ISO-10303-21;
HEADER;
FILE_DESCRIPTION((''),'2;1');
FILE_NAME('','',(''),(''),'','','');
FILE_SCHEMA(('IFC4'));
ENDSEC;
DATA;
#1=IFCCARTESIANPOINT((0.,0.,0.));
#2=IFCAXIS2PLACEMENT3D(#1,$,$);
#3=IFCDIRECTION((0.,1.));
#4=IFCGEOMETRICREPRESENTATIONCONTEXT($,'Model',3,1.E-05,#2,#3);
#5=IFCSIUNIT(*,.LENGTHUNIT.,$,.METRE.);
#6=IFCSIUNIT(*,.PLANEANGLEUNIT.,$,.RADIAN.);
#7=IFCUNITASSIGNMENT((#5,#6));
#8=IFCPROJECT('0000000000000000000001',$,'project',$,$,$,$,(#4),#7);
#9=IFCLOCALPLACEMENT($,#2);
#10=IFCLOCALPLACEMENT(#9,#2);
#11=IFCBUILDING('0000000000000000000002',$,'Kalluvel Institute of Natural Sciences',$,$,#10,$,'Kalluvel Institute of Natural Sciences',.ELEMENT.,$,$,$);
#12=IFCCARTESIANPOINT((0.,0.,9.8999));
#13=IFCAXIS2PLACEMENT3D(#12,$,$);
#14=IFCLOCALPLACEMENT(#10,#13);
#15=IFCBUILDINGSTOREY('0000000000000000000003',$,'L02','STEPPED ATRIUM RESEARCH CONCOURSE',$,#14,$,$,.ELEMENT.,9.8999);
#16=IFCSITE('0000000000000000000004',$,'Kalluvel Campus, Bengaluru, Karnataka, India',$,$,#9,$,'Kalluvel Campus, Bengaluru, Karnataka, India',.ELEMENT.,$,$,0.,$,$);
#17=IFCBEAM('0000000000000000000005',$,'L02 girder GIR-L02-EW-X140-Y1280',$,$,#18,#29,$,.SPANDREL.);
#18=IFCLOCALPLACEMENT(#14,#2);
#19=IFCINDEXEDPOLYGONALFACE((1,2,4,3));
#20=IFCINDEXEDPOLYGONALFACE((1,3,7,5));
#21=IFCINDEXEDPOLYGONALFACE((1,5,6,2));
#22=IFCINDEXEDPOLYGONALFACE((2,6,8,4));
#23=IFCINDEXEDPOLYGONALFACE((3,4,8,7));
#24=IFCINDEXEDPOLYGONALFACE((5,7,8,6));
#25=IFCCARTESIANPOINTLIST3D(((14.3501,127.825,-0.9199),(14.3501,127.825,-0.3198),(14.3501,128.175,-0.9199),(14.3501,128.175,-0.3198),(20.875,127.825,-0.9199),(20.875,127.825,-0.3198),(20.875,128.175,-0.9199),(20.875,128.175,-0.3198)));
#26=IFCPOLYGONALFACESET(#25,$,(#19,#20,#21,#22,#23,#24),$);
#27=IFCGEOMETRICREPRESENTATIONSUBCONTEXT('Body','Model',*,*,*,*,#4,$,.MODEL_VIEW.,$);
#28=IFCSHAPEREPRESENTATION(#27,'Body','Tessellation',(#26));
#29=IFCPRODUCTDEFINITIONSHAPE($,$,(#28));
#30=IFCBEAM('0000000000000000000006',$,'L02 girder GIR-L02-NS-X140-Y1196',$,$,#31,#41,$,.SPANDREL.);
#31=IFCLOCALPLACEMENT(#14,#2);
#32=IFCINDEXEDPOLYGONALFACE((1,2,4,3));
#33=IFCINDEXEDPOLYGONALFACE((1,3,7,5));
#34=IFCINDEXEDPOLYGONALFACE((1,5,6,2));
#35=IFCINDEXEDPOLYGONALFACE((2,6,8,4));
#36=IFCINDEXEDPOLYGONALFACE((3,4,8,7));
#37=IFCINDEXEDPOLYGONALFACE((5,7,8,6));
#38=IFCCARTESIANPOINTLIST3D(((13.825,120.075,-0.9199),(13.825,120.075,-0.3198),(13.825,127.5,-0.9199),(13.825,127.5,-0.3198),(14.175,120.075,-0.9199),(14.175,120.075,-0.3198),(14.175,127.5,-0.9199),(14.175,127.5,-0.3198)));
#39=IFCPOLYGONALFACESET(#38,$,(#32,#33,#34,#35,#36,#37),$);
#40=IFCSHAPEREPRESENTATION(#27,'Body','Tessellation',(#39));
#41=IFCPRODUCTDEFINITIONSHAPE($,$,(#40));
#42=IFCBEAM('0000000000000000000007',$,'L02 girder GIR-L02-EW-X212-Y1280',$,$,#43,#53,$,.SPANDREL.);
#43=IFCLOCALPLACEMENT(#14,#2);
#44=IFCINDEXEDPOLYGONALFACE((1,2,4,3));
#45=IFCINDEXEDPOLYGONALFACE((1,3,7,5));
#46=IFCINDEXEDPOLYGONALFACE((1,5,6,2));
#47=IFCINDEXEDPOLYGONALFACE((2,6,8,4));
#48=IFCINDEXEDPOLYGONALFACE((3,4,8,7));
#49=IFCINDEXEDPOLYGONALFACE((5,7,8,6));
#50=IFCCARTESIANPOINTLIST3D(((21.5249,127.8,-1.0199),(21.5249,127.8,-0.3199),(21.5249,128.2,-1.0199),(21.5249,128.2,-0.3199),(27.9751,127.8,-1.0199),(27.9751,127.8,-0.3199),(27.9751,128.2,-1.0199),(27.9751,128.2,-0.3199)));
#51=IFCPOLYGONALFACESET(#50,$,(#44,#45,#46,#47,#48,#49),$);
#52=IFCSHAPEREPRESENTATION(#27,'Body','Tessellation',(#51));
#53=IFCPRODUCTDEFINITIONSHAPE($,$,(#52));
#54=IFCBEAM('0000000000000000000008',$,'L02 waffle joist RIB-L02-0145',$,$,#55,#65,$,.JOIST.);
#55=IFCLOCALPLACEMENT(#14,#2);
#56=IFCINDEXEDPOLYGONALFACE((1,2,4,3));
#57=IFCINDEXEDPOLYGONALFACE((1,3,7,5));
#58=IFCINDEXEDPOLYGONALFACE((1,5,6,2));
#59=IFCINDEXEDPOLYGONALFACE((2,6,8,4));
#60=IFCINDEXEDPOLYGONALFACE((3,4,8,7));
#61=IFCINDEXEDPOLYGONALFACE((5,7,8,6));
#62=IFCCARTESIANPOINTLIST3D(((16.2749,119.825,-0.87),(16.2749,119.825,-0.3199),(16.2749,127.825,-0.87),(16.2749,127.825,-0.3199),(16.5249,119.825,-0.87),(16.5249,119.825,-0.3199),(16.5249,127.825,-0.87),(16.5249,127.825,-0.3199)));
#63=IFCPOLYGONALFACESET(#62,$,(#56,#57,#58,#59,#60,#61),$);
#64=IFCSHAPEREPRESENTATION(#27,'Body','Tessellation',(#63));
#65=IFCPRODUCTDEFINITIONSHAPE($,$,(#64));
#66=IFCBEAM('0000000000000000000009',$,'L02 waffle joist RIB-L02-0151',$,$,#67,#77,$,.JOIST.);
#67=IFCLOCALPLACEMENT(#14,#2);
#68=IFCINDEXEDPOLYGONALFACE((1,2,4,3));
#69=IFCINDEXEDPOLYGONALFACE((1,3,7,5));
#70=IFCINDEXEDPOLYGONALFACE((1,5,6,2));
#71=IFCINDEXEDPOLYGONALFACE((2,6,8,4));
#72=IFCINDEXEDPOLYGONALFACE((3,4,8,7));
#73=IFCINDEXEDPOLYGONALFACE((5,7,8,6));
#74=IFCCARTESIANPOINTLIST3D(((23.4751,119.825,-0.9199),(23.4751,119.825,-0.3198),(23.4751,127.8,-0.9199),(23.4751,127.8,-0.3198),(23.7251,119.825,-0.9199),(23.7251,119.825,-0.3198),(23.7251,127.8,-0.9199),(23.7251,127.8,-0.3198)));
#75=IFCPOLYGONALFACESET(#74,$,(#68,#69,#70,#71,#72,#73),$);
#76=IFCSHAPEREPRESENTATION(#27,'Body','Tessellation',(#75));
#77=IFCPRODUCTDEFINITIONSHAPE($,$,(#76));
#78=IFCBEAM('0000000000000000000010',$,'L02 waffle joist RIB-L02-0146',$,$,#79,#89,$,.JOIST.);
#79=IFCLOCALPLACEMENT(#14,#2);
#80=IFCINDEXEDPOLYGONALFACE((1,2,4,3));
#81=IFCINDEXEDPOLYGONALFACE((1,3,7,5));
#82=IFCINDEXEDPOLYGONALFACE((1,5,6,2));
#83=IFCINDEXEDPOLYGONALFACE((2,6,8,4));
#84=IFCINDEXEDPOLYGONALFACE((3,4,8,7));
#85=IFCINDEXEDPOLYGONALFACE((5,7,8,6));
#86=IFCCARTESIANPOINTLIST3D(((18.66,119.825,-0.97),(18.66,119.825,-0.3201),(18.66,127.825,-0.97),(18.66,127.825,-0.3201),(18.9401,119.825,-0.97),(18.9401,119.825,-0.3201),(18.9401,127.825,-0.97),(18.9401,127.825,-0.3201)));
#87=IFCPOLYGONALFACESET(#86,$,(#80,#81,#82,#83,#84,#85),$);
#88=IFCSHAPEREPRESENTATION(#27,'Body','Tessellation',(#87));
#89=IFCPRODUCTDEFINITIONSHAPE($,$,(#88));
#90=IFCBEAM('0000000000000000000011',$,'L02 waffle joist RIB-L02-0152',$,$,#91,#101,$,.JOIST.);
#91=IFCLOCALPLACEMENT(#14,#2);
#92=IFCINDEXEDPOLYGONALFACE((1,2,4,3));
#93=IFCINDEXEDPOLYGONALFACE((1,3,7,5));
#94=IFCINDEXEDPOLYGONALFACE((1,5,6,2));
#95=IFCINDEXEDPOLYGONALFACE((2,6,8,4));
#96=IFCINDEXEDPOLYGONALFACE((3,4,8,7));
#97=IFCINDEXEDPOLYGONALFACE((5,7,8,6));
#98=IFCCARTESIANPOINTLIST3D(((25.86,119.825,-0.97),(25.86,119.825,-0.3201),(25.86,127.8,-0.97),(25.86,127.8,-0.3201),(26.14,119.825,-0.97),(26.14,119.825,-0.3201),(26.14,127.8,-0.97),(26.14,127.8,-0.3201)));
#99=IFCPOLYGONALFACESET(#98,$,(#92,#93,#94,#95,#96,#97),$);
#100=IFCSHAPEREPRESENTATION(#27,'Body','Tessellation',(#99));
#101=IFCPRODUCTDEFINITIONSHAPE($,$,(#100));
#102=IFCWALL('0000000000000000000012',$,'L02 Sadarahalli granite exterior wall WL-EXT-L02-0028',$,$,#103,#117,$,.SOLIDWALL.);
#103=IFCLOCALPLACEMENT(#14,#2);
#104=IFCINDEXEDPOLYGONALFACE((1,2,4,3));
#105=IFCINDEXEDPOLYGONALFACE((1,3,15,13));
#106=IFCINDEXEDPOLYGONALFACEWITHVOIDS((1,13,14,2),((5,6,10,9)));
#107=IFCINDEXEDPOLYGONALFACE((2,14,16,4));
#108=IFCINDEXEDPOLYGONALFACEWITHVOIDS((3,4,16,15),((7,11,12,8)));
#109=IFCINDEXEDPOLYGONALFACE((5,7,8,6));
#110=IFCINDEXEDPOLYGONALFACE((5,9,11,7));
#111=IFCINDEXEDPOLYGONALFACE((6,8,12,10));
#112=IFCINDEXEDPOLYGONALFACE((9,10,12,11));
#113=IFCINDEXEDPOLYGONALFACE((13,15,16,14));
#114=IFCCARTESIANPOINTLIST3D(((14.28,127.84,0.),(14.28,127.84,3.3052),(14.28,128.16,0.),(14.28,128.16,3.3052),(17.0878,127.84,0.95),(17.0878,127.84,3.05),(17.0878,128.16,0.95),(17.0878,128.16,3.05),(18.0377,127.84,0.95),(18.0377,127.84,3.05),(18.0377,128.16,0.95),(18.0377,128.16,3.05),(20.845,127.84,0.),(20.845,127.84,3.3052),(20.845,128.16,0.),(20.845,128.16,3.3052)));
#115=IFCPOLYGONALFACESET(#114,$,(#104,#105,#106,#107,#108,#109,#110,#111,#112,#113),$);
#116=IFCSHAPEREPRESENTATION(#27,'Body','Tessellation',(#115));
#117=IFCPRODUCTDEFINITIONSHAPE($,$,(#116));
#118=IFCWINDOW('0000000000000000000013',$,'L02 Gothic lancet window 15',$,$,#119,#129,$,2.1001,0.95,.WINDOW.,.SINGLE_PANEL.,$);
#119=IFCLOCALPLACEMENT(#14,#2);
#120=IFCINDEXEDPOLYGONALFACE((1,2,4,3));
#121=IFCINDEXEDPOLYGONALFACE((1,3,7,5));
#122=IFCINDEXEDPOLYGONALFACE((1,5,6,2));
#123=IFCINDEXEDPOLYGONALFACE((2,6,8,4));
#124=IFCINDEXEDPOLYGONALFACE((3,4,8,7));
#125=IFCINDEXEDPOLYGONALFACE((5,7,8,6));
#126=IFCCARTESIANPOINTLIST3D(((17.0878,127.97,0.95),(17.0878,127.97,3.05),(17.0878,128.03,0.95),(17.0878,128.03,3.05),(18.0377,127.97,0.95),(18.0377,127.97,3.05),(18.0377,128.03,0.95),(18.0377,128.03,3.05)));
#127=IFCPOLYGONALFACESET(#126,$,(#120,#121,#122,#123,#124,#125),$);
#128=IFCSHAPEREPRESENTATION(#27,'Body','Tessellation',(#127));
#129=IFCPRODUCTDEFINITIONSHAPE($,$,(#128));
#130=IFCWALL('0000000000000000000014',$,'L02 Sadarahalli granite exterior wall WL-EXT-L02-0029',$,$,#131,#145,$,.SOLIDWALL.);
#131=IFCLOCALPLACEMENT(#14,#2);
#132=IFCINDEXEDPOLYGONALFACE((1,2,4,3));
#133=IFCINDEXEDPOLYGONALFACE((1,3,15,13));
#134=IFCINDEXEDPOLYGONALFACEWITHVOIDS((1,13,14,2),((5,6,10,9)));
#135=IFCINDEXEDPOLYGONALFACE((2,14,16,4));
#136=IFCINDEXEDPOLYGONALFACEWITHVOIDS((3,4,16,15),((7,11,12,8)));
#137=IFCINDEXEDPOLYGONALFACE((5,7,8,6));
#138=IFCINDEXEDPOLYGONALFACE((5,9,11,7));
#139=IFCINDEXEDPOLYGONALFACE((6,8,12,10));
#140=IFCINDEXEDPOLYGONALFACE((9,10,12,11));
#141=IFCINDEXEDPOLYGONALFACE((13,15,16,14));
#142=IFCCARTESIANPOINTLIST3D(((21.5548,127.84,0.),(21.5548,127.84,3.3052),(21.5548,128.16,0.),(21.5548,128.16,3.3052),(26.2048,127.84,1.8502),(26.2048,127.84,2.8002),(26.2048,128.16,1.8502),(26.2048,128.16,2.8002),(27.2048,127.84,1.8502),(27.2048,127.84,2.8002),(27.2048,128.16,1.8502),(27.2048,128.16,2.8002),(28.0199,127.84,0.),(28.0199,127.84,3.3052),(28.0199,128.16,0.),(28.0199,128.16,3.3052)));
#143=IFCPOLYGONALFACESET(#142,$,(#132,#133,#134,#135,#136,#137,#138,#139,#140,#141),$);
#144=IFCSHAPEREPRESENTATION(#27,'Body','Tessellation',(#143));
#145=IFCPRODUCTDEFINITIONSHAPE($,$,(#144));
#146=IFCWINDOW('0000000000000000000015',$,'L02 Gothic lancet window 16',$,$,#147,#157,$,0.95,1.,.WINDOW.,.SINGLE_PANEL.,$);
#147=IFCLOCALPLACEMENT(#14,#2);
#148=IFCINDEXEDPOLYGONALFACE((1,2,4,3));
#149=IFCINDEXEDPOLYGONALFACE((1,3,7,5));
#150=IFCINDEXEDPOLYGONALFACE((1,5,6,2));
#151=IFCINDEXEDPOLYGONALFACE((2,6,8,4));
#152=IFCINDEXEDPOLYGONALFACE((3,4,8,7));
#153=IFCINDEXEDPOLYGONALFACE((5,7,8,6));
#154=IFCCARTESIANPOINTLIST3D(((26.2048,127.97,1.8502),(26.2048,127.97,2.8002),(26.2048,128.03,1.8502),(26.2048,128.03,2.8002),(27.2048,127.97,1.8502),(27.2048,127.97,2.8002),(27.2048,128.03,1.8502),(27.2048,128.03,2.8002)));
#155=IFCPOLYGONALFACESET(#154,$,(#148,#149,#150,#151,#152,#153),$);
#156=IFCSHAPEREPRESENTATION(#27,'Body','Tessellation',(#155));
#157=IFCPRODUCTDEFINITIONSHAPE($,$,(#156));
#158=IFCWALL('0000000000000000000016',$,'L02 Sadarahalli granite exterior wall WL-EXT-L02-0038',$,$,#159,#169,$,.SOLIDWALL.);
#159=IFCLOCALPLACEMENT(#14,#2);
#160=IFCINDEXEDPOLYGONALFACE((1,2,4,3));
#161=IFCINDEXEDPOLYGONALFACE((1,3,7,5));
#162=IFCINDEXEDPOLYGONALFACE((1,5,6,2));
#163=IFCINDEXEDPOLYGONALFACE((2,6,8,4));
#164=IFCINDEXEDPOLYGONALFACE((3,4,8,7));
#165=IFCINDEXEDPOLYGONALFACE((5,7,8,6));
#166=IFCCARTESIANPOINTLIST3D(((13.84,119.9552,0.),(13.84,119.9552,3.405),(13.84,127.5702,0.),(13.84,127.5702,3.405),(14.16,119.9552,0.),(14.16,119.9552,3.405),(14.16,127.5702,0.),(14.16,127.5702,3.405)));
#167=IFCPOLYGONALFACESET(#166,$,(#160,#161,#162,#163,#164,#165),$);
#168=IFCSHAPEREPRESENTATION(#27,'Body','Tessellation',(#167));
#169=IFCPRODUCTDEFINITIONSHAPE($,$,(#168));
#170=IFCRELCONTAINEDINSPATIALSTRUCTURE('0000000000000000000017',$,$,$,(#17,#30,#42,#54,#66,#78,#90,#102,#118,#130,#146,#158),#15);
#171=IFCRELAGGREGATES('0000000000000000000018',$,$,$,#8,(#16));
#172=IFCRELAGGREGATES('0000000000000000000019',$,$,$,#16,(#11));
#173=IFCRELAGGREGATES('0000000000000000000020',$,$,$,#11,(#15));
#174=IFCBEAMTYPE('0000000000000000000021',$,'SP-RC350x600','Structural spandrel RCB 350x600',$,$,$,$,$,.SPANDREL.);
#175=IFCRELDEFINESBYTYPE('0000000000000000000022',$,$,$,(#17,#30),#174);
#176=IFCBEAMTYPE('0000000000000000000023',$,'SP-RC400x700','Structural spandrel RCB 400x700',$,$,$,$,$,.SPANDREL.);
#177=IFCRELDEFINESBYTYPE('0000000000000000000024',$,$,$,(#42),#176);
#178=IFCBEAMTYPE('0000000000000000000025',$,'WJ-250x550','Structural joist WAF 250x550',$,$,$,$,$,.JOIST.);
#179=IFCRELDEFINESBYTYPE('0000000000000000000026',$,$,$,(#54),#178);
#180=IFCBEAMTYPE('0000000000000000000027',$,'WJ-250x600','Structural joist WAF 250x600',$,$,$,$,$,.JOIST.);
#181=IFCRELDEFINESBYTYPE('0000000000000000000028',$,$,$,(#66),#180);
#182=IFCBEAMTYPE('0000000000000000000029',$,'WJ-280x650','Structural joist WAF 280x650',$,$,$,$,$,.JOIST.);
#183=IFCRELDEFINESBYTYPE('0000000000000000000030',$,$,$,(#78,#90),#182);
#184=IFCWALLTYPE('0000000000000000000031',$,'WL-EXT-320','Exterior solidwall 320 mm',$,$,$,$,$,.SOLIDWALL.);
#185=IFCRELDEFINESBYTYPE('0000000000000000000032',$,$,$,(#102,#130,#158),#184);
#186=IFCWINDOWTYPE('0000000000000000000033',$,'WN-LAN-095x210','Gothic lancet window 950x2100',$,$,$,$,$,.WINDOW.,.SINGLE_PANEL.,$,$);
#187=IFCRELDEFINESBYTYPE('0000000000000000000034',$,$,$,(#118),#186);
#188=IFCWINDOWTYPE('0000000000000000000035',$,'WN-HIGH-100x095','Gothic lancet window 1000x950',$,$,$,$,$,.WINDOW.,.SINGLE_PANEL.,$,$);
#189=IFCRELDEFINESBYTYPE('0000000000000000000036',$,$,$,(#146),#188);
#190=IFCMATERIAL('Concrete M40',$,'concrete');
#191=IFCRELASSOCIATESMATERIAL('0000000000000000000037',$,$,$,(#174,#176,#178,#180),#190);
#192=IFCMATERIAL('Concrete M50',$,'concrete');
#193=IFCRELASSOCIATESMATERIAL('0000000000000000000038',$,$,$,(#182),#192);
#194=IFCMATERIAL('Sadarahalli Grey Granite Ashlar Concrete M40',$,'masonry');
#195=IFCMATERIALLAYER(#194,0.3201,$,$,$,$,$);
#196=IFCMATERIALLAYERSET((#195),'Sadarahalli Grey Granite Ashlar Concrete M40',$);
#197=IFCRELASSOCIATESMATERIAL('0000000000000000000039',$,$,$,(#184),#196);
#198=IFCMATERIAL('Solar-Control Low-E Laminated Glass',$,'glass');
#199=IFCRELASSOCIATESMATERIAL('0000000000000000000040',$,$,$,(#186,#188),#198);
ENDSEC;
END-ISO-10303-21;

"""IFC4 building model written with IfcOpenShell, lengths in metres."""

from ifc_helpers import new_model, si_unit, direction, frame, frame_2d, origin, origin_2d, place, context, subcontext, project, spatial, rectangle, extrude, material, layer, layer_set, material_profile, profile_set, type_object, element, fill, save


model = new_model("IFC4")

# Units and contexts
model_context = context("Model", 3, precision=1e-05, world=origin(), true_north=direction((0.0, 1.0)))
body_context = subcontext(model_context, "Body", "Model", "MODEL_VIEW")
ifc_project = project(units=[si_unit("LENGTHUNIT", "METRE"), si_unit("PLANEANGLEUNIT", "RADIAN")], contexts=[model_context])

# Site, building, storey
site_placement = place(None, origin())
site = spatial("IfcSite", under=ifc_project, at=site_placement, Name="Kalluvel Campus, Bengaluru, Karnataka, India", LongName="Kalluvel Campus, Bengaluru, Karnataka, India", CompositionType="ELEMENT", RefElevation=0.0)
building_placement = place(site_placement, origin())
building = spatial("IfcBuilding", under=site, at=building_placement, Name="Kalluvel Institute of Natural Sciences", LongName="Kalluvel Institute of Natural Sciences", CompositionType="ELEMENT")
storey_placement = place(building_placement, frame((0.0, 0.0, 9.8999)))
storey = spatial("IfcBuildingStorey", under=building, at=storey_placement, Name="L02", Description="STEPPED ATRIUM RESEARCH CONCOURSE", CompositionType="ELEMENT", Elevation=9.8999)

# Shared definitions
ifc_material_1 = material(Name="Concrete M50", Category="concrete")

# Beams
ifc_material_2 = material(Name="Concrete M40", Category="concrete")
ifc_material_profile_1 = material_profile(ifc_material_2, rectangle(XDim=0.3501, YDim=0.6001, at=origin_2d()), Name="RCB 350x600")
ifc_profile_set_1 = profile_set([ifc_material_profile_1], Name="Concrete M40")
beam_type_1 = type_object("IfcBeamType", Name="SP-RC350x600", Description="Structural spandrel RCB 350x600", PredefinedType="SPANDREL", material=ifc_profile_set_1)
beam_1_placement = place(storey_placement, frame((14.3501, 128.0, -0.6199), z_axis=(1.0, 0.0, 0.0), x_axis=(0.0, 1.0, 0.0)))
element("IfcBeam", 1, at=beam_1_placement, inside=storey, type_object=beam_type_1, Name="L02 girder GIR-L02-EW-X140-Y1280", PredefinedType="SPANDREL", context=body_context, shape_type="SweptSolid", body=[
    extrude(rectangle(XDim=0.3501, YDim=0.6001, at=origin_2d()), origin(), (0.0, 0.0, 1.0), 6.5249),
])
beam_2_placement = place(storey_placement, frame((14.0, 120.075, -0.6199), z_axis=(0.0, 1.0, 0.0), x_axis=(-1.0, 0.0, 0.0)))
element("IfcBeam", 2, at=beam_2_placement, inside=storey, type_object=beam_type_1, Name="L02 girder GIR-L02-NS-X140-Y1196", PredefinedType="SPANDREL", context=body_context, shape_type="SweptSolid", body=[
    extrude(rectangle(XDim=0.3501, YDim=0.6001, at=origin_2d()), origin(), (0.0, 0.0, 1.0), 7.425),
])
ifc_material_profile_2 = material_profile(ifc_material_2, rectangle(XDim=0.3999, YDim=0.7, at=origin_2d()), Name="RCB 400x700")
ifc_profile_set_2 = profile_set([ifc_material_profile_2], Name="Concrete M40")
beam_type_2 = type_object("IfcBeamType", Name="SP-RC400x700", Description="Structural spandrel RCB 400x700", PredefinedType="SPANDREL", material=ifc_profile_set_2)
beam_3_placement = place(storey_placement, frame((21.5249, 128.0, -0.6699), z_axis=(1.0, 0.0, 0.0), x_axis=(0.0, 1.0, 0.0)))
element("IfcBeam", 3, at=beam_3_placement, inside=storey, type_object=beam_type_2, Name="L02 girder GIR-L02-EW-X212-Y1280", PredefinedType="SPANDREL", context=body_context, shape_type="SweptSolid", body=[
    extrude(rectangle(XDim=0.3999, YDim=0.7, at=origin_2d()), origin(), (0.0, 0.0, 1.0), 6.4502),
])
ifc_material_profile_3 = material_profile(ifc_material_2, rectangle(XDim=0.25, YDim=0.55, at=origin_2d()), Name="WAF 250x550")
ifc_profile_set_3 = profile_set([ifc_material_profile_3], Name="Concrete M40")
beam_type_3 = type_object("IfcBeamType", Name="WJ-250x550", Description="Structural joist WAF 250x550", PredefinedType="JOIST", material=ifc_profile_set_3)
beam_4_placement = place(storey_placement, frame((16.3999, 119.825, -0.595), z_axis=(0.0, 1.0, 0.0), x_axis=(-1.0, 0.0, 0.0)))
element("IfcBeam", 4, at=beam_4_placement, inside=storey, type_object=beam_type_3, Name="L02 waffle joist RIB-L02-0145", PredefinedType="JOIST", context=body_context, shape_type="SweptSolid", body=[
    extrude(rectangle(XDim=0.25, YDim=0.55, at=origin_2d()), origin(), (0.0, 0.0, 1.0), 8.0),
])
ifc_material_profile_4 = material_profile(ifc_material_2, rectangle(XDim=0.25, YDim=0.6001, at=origin_2d()), Name="WAF 250x600")
ifc_profile_set_4 = profile_set([ifc_material_profile_4], Name="Concrete M40")
beam_type_4 = type_object("IfcBeamType", Name="WJ-250x600", Description="Structural joist WAF 250x600", PredefinedType="JOIST", material=ifc_profile_set_4)
beam_5_placement = place(storey_placement, frame((23.6001, 119.825, -0.6199), z_axis=(0.0, 1.0, 0.0), x_axis=(-1.0, 0.0, 0.0)))
element("IfcBeam", 5, at=beam_5_placement, inside=storey, type_object=beam_type_4, Name="L02 waffle joist RIB-L02-0151", PredefinedType="JOIST", context=body_context, shape_type="SweptSolid", body=[
    extrude(rectangle(XDim=0.25, YDim=0.6001, at=origin_2d()), origin(), (0.0, 0.0, 1.0), 7.9751),
])
ifc_material_profile_5 = material_profile(ifc_material_1, rectangle(XDim=0.28, YDim=0.6499, at=origin_2d()), Name="WAF 280x650")
ifc_profile_set_5 = profile_set([ifc_material_profile_5], Name="Concrete M50")
beam_type_5 = type_object("IfcBeamType", Name="WJ-280x650", Description="Structural joist WAF 280x650", PredefinedType="JOIST", material=ifc_profile_set_5)
beam_6_placement = place(storey_placement, frame((18.8, 119.825, -0.645), z_axis=(0.0, 1.0, 0.0), x_axis=(-1.0, 0.0, 0.0)))
element("IfcBeam", 6, at=beam_6_placement, inside=storey, type_object=beam_type_5, Name="L02 waffle joist RIB-L02-0146", PredefinedType="JOIST", context=body_context, shape_type="SweptSolid", body=[
    extrude(rectangle(XDim=0.28, YDim=0.6499, at=origin_2d()), origin(), (0.0, 0.0, 1.0), 8.0),
])
beam_7_placement = place(storey_placement, frame((26.0, 119.825, -0.645), z_axis=(0.0, 1.0, 0.0), x_axis=(-1.0, 0.0, 0.0)))
element("IfcBeam", 7, at=beam_7_placement, inside=storey, type_object=beam_type_5, Name="L02 waffle joist RIB-L02-0152", PredefinedType="JOIST", context=body_context, shape_type="SweptSolid", body=[
    extrude(rectangle(XDim=0.28, YDim=0.6499, at=origin_2d()), origin(), (0.0, 0.0, 1.0), 7.9751),
])

# Walls, openings, windows
ifc_material_3 = material(Name="Sadarahalli Grey Granite Ashlar Concrete M40", Category="masonry")
ifc_layer_1 = layer(ifc_material_3, 0.3201)
ifc_layer_set_1 = layer_set([ifc_layer_1], Name="Sadarahalli Grey Granite Ashlar Concrete M40")
wall_type_1 = type_object("IfcWallType", Name="WL-EXT-320", Description="Exterior solidwall 320 mm", PredefinedType="SOLIDWALL", material=ifc_layer_set_1)
wall_1_placement = place(storey_placement, frame((14.28, 128.0, 0.0), z_axis=(0.0, 0.0, 1.0), x_axis=(1.0, 0.0, 0.0)))
wall_1 = element("IfcWall", 8, at=wall_1_placement, inside=storey, type_object=wall_type_1, Name="L02 Sadarahalli granite exterior wall WL-EXT-L02-0028", PredefinedType="SOLIDWALL", context=body_context, shape_type="SweptSolid", body=[
    extrude(rectangle(XDim=6.5649, YDim=0.3201, at=frame_2d((3.2825, 0.0))), origin(), (0.0, 0.0, 1.0), 3.3052),
])
opening_1_placement = place(wall_1_placement, frame((2.8076, 0.0, 0.95)))
opening_1 = element("IfcOpeningElement", 9, at=opening_1_placement, cuts=wall_1, PredefinedType="OPENING", context=body_context, shape_type="SweptSolid", body=[
    extrude(rectangle(XDim=0.95, YDim=2.1001, at=frame_2d((0.4751, 1.05))), frame((0.0, 0.1699, 0.0), z_axis=(0.0, -1.0, 0.0), x_axis=(1.0, 0.0, 0.0)), (0.0, 0.0, 1.0), 0.3401),
])
ifc_material_4 = material(Name="Solar-Control Low-E Laminated Glass", Category="glass")
window_type_1 = type_object("IfcWindowType", Name="WN-LAN-095x210", Description="Gothic lancet window 950x2100", PartitioningType="SINGLE_PANEL", PredefinedType="WINDOW", material=ifc_material_4)
window_1_placement = place(opening_1_placement, origin())
window_1 = element("IfcWindow", 10, at=window_1_placement, inside=storey, type_object=window_type_1, Name="L02 Gothic lancet window 15", OverallHeight=2.1001, OverallWidth=0.95, PartitioningType="SINGLE_PANEL", PredefinedType="WINDOW", context=body_context, shape_type="SweptSolid", body=[
    extrude(rectangle(XDim=0.95, YDim=2.1001, at=frame_2d((0.4751, 1.05))), frame((0.0, 0.03, 0.0), z_axis=(0.0, -1.0, 0.0), x_axis=(1.0, 0.0, 0.0)), (0.0, 0.0, 1.0), 0.0601),
])
fill(opening_1, window_1)
wall_2_placement = place(storey_placement, frame((21.5549, 128.0, 0.0), z_axis=(0.0, 0.0, 1.0), x_axis=(1.0, 0.0, 0.0)))
wall_2 = element("IfcWall", 11, at=wall_2_placement, inside=storey, type_object=wall_type_1, Name="L02 Sadarahalli granite exterior wall WL-EXT-L02-0029", PredefinedType="SOLIDWALL", context=body_context, shape_type="SweptSolid", body=[
    extrude(rectangle(XDim=6.4651, YDim=0.3201, at=frame_2d((3.2324, 0.0))), origin(), (0.0, 0.0, 1.0), 3.3052),
])
opening_2_placement = place(wall_2_placement, frame((4.6499, 0.0, 1.8501)))
opening_2 = element("IfcOpeningElement", 12, at=opening_2_placement, cuts=wall_2, PredefinedType="OPENING", context=body_context, shape_type="SweptSolid", body=[
    extrude(rectangle(XDim=1.0, YDim=0.95, at=frame_2d((0.5, 0.4751))), frame((0.0, 0.1699, 0.0), z_axis=(0.0, -1.0, 0.0), x_axis=(1.0, 0.0, 0.0)), (0.0, 0.0, 1.0), 0.3401),
])
window_type_2 = type_object("IfcWindowType", Name="WN-HIGH-100x095", Description="Gothic lancet window 1000x950", PartitioningType="SINGLE_PANEL", PredefinedType="WINDOW", material=ifc_material_4)
window_2_placement = place(opening_2_placement, origin())
window_2 = element("IfcWindow", 13, at=window_2_placement, inside=storey, type_object=window_type_2, Name="L02 Gothic lancet window 16", OverallHeight=0.95, OverallWidth=1.0, PartitioningType="SINGLE_PANEL", PredefinedType="WINDOW", context=body_context, shape_type="SweptSolid", body=[
    extrude(rectangle(XDim=1.0, YDim=0.95, at=frame_2d((0.5, 0.4751))), frame((0.0, 0.03, 0.0), z_axis=(0.0, -1.0, 0.0), x_axis=(1.0, 0.0, 0.0)), (0.0, 0.0, 1.0), 0.0601),
])
fill(opening_2, window_2)

# Wall
wall_3_placement = place(storey_placement, frame((14.0, 119.9551, 0.0), z_axis=(0.0, 0.0, 1.0), x_axis=(0.0, 1.0, 0.0)))
element("IfcWall", 14, at=wall_3_placement, inside=storey, type_object=wall_type_1, Name="L02 Sadarahalli granite exterior wall WL-EXT-L02-0038", PredefinedType="SOLIDWALL", context=body_context, shape_type="SweptSolid", body=[
    extrude(rectangle(XDim=7.615, YDim=0.3201, at=frame_2d((3.8076, 0.0))), origin(), (0.0, 0.0, 1.0), 3.405),
])

save(model, "model.ifc")
